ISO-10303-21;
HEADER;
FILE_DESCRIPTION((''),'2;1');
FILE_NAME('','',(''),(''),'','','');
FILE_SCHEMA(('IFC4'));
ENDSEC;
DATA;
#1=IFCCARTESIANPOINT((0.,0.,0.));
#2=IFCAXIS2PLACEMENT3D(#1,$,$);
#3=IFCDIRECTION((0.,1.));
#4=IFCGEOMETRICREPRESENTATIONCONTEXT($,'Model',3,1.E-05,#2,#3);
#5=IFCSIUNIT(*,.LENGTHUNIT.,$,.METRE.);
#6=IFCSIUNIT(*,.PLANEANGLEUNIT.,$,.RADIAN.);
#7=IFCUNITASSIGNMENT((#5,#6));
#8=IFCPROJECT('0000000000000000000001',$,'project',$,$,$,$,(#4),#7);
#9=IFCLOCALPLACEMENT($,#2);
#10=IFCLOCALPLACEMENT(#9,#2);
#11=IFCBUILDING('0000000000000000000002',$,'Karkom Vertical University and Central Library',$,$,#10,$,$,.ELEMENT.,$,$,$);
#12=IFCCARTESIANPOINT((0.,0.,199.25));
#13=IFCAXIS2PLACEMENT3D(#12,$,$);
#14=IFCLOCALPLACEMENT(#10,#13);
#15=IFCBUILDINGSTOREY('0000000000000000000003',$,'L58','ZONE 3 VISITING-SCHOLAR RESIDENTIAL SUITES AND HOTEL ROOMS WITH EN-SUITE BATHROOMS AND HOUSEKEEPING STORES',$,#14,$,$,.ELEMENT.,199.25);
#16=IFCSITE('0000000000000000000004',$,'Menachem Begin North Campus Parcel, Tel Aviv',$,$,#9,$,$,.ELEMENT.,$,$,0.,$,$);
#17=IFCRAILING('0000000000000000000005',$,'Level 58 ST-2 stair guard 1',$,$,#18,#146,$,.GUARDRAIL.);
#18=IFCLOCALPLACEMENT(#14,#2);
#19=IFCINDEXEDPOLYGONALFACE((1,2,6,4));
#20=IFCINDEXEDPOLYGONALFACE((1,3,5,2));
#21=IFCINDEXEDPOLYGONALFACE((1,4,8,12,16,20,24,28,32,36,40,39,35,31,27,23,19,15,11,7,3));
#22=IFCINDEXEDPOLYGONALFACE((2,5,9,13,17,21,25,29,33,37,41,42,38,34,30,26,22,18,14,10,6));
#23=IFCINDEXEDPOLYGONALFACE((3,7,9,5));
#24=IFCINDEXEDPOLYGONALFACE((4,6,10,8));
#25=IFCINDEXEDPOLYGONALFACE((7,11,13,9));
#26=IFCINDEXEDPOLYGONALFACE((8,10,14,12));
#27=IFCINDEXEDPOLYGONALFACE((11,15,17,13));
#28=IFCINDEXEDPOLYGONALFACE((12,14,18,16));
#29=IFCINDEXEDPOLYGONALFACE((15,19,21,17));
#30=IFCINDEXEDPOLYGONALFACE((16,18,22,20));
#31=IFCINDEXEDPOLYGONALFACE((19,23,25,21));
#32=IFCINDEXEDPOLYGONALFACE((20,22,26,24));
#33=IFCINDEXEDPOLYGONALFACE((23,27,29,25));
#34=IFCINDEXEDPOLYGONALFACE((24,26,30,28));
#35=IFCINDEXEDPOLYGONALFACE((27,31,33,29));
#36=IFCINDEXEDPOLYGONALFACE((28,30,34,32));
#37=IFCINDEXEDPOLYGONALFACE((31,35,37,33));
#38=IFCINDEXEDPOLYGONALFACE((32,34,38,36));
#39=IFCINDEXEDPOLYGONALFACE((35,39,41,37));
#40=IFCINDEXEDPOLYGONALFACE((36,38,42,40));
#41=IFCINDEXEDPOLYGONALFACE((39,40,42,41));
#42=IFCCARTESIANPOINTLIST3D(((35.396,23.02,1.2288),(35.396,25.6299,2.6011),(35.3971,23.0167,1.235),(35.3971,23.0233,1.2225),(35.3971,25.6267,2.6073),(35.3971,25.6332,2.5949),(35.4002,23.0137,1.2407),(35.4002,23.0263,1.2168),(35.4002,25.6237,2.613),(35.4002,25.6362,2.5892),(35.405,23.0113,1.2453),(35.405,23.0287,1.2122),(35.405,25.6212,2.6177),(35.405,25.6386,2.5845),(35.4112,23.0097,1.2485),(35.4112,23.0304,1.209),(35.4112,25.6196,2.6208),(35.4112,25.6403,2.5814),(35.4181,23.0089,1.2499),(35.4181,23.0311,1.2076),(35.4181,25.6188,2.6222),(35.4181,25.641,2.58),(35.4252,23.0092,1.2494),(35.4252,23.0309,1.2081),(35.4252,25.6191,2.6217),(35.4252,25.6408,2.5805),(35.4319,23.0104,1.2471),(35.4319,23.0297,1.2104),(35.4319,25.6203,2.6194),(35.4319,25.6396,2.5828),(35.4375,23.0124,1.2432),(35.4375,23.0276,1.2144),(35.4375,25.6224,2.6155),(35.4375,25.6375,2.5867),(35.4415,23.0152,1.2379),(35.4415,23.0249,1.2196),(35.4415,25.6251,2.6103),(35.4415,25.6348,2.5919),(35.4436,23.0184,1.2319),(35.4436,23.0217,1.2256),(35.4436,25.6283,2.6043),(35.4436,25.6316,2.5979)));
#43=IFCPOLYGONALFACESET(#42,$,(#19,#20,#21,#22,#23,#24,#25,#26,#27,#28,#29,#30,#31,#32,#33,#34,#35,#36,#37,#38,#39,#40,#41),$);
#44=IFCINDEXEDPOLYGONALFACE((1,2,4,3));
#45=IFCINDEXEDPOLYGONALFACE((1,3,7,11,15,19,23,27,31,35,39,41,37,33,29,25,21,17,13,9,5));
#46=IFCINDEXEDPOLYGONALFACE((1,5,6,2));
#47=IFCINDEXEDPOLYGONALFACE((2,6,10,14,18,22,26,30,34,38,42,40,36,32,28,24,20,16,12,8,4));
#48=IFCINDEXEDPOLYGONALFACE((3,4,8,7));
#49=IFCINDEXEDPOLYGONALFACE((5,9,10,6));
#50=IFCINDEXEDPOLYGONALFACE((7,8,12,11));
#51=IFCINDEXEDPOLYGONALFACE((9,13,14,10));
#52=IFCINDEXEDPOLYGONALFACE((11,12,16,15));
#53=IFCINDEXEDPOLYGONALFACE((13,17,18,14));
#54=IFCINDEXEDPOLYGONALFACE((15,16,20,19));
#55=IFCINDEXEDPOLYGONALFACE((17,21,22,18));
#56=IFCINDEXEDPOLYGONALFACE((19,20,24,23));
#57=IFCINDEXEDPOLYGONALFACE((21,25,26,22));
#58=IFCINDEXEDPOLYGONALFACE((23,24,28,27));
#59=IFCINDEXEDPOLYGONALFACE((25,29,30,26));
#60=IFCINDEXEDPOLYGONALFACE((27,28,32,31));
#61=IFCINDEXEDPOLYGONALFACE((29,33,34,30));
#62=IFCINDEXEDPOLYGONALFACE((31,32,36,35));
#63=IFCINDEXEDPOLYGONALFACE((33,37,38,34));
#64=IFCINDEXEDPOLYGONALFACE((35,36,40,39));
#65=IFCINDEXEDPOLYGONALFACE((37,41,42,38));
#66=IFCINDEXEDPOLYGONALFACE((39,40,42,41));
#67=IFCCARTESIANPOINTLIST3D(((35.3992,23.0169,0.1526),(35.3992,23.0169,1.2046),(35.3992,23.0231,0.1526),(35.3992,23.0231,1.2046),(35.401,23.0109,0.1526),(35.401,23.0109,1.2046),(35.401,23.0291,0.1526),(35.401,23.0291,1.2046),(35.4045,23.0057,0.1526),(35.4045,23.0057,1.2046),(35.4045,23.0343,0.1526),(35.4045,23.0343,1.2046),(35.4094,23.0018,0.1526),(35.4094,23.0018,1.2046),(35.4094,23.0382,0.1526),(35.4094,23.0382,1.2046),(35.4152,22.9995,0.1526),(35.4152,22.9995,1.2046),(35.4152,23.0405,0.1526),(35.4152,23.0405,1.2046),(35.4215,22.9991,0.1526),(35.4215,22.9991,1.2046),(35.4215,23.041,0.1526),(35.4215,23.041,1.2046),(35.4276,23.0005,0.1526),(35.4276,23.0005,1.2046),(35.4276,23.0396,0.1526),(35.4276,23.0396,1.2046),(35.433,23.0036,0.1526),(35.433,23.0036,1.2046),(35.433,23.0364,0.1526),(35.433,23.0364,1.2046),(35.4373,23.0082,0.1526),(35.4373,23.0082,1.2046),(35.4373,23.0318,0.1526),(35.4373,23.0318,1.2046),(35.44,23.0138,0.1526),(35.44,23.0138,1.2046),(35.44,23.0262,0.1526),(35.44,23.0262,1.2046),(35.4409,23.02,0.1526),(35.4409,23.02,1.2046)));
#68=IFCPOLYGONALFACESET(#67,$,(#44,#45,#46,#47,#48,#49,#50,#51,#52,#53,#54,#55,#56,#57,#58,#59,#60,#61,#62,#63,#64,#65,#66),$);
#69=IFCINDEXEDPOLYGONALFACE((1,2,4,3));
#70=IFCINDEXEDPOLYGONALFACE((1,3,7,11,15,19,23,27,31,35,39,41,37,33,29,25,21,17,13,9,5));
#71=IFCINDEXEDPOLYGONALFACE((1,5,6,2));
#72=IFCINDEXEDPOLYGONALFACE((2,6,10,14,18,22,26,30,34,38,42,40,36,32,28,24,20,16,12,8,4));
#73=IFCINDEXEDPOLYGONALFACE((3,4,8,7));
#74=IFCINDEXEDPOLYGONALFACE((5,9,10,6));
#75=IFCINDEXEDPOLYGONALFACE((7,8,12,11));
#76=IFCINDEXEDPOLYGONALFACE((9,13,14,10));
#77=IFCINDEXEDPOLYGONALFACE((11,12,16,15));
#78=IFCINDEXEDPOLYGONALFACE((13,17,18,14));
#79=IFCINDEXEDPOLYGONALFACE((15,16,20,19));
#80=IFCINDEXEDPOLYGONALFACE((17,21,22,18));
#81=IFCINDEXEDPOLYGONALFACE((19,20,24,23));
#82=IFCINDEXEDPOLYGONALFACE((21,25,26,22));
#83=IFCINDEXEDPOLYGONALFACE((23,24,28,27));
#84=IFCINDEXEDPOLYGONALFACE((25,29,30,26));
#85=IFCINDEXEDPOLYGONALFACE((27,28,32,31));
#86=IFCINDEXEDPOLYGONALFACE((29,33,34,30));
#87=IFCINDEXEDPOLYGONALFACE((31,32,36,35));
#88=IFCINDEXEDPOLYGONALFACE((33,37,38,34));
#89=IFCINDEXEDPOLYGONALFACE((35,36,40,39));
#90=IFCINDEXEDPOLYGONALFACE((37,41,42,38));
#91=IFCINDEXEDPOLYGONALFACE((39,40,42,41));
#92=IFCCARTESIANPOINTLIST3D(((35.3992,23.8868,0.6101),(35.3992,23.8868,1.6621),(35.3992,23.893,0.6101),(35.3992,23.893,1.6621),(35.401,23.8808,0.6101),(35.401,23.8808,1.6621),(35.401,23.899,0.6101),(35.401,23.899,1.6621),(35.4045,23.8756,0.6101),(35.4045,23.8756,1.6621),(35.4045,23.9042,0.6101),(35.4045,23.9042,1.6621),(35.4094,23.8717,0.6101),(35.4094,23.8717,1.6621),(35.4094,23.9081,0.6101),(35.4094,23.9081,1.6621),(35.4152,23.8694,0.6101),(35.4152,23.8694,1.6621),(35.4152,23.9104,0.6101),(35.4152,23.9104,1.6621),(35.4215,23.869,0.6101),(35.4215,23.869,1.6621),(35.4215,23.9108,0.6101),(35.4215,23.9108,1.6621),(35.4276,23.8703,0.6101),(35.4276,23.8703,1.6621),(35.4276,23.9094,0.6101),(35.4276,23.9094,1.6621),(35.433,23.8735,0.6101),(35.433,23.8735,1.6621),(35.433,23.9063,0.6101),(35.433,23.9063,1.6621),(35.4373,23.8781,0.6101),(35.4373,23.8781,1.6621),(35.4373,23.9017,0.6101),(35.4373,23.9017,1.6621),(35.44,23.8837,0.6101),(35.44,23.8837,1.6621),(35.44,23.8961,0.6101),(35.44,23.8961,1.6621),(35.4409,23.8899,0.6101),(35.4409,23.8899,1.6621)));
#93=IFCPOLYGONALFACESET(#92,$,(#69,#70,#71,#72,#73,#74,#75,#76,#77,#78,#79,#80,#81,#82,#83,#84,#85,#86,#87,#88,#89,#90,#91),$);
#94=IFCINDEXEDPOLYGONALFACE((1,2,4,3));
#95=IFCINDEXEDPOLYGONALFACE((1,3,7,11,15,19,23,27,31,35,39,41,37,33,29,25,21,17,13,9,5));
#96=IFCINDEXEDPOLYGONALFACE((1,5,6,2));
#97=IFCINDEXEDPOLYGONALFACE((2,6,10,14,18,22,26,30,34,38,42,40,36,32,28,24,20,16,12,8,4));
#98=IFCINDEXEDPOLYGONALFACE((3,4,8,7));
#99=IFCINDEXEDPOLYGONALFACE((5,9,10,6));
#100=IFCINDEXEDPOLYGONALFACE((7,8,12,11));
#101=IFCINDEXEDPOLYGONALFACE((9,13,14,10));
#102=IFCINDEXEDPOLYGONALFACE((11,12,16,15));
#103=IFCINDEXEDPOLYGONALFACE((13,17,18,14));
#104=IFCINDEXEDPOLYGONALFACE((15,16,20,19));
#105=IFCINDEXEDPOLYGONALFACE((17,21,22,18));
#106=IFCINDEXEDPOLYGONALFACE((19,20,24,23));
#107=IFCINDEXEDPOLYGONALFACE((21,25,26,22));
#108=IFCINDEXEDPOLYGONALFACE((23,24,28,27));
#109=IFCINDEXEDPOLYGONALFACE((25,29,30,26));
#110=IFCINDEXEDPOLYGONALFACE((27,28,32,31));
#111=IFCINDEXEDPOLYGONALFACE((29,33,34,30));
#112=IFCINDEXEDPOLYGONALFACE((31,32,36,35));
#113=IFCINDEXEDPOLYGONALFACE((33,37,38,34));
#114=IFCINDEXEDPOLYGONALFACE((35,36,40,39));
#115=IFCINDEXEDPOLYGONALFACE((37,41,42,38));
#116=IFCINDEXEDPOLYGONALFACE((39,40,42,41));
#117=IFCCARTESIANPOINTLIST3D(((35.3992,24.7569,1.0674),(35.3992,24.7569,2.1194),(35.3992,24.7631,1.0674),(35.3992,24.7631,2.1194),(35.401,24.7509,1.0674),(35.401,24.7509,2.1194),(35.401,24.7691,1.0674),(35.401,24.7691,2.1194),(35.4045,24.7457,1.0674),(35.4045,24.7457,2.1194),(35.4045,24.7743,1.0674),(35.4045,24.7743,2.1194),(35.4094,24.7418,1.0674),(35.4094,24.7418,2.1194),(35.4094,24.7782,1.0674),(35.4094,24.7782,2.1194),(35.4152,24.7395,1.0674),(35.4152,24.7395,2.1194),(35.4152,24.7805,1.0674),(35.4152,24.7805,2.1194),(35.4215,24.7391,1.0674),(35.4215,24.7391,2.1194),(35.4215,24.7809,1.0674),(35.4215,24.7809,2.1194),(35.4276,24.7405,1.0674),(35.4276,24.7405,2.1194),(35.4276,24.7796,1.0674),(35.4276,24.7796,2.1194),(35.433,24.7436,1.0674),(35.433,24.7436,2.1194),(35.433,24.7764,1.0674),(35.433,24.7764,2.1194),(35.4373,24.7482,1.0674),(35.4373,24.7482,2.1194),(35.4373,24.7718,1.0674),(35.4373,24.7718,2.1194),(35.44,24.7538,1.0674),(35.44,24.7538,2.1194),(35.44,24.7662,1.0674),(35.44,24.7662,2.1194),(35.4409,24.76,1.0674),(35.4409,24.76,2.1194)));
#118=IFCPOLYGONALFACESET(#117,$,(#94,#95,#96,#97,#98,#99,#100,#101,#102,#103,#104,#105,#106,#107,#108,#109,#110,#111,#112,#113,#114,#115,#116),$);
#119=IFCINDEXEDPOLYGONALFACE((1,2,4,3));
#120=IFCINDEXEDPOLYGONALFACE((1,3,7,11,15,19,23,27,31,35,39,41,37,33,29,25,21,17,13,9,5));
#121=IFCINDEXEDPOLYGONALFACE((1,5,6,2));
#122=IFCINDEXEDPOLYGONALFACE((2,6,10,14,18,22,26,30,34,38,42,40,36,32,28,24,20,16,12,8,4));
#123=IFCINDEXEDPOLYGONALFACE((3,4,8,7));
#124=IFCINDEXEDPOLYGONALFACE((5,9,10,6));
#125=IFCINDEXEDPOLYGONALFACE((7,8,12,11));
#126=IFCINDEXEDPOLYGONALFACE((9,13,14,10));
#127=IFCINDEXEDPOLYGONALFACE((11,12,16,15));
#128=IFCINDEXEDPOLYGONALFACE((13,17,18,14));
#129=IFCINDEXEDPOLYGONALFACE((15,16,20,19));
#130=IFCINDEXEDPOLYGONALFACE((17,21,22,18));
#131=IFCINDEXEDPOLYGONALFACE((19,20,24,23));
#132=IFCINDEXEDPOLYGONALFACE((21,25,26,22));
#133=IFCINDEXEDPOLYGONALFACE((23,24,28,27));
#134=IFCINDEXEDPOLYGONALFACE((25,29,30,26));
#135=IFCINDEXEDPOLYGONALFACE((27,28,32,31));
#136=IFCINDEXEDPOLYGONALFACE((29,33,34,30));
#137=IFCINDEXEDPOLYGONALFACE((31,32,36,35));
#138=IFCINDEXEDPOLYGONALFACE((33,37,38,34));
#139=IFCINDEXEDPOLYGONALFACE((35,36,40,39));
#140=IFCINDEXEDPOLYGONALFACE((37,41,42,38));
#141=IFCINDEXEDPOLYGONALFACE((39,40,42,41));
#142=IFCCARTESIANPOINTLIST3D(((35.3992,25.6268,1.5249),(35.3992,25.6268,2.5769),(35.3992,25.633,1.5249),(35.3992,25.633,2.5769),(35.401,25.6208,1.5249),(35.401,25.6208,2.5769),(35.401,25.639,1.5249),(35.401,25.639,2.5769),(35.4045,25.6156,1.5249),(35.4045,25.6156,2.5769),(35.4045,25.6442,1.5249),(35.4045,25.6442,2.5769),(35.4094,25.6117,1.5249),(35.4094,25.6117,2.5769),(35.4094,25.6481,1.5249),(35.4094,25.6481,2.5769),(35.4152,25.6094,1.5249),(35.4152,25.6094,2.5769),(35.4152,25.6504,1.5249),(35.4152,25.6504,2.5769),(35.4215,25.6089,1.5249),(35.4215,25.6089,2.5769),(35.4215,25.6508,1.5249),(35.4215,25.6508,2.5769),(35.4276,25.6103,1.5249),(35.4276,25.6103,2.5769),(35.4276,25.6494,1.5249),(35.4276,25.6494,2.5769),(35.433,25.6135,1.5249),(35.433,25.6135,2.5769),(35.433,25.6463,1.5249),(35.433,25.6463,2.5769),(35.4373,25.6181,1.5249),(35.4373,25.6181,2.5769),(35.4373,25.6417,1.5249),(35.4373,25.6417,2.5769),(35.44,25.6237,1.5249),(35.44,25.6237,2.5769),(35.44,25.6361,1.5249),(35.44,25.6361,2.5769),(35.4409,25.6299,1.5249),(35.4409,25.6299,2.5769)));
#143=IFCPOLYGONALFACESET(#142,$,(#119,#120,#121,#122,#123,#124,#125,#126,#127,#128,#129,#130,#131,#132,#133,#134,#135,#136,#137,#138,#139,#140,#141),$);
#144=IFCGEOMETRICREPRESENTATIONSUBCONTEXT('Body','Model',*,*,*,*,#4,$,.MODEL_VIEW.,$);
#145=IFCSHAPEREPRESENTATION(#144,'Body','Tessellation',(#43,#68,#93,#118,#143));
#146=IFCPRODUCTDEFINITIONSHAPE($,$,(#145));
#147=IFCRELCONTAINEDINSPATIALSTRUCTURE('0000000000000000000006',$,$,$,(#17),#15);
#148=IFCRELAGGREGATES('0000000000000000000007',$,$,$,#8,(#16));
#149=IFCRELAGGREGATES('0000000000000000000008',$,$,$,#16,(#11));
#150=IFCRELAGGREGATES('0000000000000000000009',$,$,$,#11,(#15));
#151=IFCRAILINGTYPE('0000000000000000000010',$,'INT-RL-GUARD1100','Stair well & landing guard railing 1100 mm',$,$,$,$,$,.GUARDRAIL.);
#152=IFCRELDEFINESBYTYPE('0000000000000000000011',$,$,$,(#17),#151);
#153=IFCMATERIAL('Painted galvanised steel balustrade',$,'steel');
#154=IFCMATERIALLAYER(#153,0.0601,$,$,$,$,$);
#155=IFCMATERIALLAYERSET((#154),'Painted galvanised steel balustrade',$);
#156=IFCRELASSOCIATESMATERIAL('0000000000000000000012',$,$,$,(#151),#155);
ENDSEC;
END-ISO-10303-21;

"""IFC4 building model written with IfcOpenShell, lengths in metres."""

from ifc_helpers import new_model, si_unit, direction, frame, origin, origin_2d, place, context, subcontext, project, spatial, circle, extrude, material, layer, layer_set, type_object, element, save


model = new_model("IFC4")

# Units and contexts
model_context = context("Model", 3, precision=1e-05, world=origin(), true_north=direction((0.0, 1.0)))
body_context = subcontext(model_context, "Body", "Model", "MODEL_VIEW")
ifc_project = project(units=[si_unit("LENGTHUNIT", "METRE"), si_unit("PLANEANGLEUNIT", "RADIAN")], contexts=[model_context])

# Site, building, storey
site_placement = place(None, origin())
site = spatial("IfcSite", under=ifc_project, at=site_placement, Name="Menachem Begin North Campus Parcel, Tel Aviv", CompositionType="ELEMENT", RefElevation=0.0)
building_placement = place(site_placement, origin())
building = spatial("IfcBuilding", under=site, at=building_placement, Name="Karkom Vertical University and Central Library", CompositionType="ELEMENT")
storey_placement = place(building_placement, frame((0.0, 0.0, 199.25)))
storey = spatial("IfcBuildingStorey", under=building, at=storey_placement, Name="L58", Description="ZONE 3 VISITING-SCHOLAR RESIDENTIAL SUITES AND HOTEL ROOMS WITH EN-SUITE BATHROOMS AND HOUSEKEEPING STORES", CompositionType="ELEMENT", Elevation=199.25)

# Railing
ifc_material_1 = material(Name="Painted galvanised steel balustrade", Category="steel")
ifc_layer_1 = layer(ifc_material_1, 0.0601)
ifc_layer_set_1 = layer_set([ifc_layer_1], Name="Painted galvanised steel balustrade")
railing_type_1 = type_object("IfcRailingType", Name="INT-RL-GUARD1100", Description="Stair well & landing guard railing 1100 mm", PredefinedType="GUARDRAIL", material=ifc_layer_set_1)
railing_1_placement = place(storey_placement, frame((35.4199, 23.02, 0.1526)))
element("IfcRailing", 1, at=railing_1_placement, inside=storey, type_object=railing_type_1, Name="Level 58 ST-2 stair guard 1", PredefinedType="GUARDRAIL", context=body_context, shape_type="SweptSolid", body=[
    extrude(circle(Radius=0.0239, at=origin_2d()), frame((0.0, 0.0, 1.0762), z_axis=(0.0, 0.8851, 0.465402), x_axis=(-1.0, 0.0, 0.0)), (0.0, 0.0, 1.0), 2.9487),
    extrude(circle(Radius=0.021, at=origin_2d()), origin(), (0.0, 0.0, 1.0), 1.052),
    extrude(circle(Radius=0.021, at=origin_2d()), frame((0.0, 0.8699, 0.4575)), (0.0, 0.0, 1.0), 1.052),
    extrude(circle(Radius=0.021, at=origin_2d()), frame((0.0, 1.74, 0.9148)), (0.0, 0.0, 1.0), 1.052),
    extrude(circle(Radius=0.021, at=origin_2d()), frame((0.0, 2.6099, 1.3723)), (0.0, 0.0, 1.0), 1.052),
])

save(model, "model.ifc")
